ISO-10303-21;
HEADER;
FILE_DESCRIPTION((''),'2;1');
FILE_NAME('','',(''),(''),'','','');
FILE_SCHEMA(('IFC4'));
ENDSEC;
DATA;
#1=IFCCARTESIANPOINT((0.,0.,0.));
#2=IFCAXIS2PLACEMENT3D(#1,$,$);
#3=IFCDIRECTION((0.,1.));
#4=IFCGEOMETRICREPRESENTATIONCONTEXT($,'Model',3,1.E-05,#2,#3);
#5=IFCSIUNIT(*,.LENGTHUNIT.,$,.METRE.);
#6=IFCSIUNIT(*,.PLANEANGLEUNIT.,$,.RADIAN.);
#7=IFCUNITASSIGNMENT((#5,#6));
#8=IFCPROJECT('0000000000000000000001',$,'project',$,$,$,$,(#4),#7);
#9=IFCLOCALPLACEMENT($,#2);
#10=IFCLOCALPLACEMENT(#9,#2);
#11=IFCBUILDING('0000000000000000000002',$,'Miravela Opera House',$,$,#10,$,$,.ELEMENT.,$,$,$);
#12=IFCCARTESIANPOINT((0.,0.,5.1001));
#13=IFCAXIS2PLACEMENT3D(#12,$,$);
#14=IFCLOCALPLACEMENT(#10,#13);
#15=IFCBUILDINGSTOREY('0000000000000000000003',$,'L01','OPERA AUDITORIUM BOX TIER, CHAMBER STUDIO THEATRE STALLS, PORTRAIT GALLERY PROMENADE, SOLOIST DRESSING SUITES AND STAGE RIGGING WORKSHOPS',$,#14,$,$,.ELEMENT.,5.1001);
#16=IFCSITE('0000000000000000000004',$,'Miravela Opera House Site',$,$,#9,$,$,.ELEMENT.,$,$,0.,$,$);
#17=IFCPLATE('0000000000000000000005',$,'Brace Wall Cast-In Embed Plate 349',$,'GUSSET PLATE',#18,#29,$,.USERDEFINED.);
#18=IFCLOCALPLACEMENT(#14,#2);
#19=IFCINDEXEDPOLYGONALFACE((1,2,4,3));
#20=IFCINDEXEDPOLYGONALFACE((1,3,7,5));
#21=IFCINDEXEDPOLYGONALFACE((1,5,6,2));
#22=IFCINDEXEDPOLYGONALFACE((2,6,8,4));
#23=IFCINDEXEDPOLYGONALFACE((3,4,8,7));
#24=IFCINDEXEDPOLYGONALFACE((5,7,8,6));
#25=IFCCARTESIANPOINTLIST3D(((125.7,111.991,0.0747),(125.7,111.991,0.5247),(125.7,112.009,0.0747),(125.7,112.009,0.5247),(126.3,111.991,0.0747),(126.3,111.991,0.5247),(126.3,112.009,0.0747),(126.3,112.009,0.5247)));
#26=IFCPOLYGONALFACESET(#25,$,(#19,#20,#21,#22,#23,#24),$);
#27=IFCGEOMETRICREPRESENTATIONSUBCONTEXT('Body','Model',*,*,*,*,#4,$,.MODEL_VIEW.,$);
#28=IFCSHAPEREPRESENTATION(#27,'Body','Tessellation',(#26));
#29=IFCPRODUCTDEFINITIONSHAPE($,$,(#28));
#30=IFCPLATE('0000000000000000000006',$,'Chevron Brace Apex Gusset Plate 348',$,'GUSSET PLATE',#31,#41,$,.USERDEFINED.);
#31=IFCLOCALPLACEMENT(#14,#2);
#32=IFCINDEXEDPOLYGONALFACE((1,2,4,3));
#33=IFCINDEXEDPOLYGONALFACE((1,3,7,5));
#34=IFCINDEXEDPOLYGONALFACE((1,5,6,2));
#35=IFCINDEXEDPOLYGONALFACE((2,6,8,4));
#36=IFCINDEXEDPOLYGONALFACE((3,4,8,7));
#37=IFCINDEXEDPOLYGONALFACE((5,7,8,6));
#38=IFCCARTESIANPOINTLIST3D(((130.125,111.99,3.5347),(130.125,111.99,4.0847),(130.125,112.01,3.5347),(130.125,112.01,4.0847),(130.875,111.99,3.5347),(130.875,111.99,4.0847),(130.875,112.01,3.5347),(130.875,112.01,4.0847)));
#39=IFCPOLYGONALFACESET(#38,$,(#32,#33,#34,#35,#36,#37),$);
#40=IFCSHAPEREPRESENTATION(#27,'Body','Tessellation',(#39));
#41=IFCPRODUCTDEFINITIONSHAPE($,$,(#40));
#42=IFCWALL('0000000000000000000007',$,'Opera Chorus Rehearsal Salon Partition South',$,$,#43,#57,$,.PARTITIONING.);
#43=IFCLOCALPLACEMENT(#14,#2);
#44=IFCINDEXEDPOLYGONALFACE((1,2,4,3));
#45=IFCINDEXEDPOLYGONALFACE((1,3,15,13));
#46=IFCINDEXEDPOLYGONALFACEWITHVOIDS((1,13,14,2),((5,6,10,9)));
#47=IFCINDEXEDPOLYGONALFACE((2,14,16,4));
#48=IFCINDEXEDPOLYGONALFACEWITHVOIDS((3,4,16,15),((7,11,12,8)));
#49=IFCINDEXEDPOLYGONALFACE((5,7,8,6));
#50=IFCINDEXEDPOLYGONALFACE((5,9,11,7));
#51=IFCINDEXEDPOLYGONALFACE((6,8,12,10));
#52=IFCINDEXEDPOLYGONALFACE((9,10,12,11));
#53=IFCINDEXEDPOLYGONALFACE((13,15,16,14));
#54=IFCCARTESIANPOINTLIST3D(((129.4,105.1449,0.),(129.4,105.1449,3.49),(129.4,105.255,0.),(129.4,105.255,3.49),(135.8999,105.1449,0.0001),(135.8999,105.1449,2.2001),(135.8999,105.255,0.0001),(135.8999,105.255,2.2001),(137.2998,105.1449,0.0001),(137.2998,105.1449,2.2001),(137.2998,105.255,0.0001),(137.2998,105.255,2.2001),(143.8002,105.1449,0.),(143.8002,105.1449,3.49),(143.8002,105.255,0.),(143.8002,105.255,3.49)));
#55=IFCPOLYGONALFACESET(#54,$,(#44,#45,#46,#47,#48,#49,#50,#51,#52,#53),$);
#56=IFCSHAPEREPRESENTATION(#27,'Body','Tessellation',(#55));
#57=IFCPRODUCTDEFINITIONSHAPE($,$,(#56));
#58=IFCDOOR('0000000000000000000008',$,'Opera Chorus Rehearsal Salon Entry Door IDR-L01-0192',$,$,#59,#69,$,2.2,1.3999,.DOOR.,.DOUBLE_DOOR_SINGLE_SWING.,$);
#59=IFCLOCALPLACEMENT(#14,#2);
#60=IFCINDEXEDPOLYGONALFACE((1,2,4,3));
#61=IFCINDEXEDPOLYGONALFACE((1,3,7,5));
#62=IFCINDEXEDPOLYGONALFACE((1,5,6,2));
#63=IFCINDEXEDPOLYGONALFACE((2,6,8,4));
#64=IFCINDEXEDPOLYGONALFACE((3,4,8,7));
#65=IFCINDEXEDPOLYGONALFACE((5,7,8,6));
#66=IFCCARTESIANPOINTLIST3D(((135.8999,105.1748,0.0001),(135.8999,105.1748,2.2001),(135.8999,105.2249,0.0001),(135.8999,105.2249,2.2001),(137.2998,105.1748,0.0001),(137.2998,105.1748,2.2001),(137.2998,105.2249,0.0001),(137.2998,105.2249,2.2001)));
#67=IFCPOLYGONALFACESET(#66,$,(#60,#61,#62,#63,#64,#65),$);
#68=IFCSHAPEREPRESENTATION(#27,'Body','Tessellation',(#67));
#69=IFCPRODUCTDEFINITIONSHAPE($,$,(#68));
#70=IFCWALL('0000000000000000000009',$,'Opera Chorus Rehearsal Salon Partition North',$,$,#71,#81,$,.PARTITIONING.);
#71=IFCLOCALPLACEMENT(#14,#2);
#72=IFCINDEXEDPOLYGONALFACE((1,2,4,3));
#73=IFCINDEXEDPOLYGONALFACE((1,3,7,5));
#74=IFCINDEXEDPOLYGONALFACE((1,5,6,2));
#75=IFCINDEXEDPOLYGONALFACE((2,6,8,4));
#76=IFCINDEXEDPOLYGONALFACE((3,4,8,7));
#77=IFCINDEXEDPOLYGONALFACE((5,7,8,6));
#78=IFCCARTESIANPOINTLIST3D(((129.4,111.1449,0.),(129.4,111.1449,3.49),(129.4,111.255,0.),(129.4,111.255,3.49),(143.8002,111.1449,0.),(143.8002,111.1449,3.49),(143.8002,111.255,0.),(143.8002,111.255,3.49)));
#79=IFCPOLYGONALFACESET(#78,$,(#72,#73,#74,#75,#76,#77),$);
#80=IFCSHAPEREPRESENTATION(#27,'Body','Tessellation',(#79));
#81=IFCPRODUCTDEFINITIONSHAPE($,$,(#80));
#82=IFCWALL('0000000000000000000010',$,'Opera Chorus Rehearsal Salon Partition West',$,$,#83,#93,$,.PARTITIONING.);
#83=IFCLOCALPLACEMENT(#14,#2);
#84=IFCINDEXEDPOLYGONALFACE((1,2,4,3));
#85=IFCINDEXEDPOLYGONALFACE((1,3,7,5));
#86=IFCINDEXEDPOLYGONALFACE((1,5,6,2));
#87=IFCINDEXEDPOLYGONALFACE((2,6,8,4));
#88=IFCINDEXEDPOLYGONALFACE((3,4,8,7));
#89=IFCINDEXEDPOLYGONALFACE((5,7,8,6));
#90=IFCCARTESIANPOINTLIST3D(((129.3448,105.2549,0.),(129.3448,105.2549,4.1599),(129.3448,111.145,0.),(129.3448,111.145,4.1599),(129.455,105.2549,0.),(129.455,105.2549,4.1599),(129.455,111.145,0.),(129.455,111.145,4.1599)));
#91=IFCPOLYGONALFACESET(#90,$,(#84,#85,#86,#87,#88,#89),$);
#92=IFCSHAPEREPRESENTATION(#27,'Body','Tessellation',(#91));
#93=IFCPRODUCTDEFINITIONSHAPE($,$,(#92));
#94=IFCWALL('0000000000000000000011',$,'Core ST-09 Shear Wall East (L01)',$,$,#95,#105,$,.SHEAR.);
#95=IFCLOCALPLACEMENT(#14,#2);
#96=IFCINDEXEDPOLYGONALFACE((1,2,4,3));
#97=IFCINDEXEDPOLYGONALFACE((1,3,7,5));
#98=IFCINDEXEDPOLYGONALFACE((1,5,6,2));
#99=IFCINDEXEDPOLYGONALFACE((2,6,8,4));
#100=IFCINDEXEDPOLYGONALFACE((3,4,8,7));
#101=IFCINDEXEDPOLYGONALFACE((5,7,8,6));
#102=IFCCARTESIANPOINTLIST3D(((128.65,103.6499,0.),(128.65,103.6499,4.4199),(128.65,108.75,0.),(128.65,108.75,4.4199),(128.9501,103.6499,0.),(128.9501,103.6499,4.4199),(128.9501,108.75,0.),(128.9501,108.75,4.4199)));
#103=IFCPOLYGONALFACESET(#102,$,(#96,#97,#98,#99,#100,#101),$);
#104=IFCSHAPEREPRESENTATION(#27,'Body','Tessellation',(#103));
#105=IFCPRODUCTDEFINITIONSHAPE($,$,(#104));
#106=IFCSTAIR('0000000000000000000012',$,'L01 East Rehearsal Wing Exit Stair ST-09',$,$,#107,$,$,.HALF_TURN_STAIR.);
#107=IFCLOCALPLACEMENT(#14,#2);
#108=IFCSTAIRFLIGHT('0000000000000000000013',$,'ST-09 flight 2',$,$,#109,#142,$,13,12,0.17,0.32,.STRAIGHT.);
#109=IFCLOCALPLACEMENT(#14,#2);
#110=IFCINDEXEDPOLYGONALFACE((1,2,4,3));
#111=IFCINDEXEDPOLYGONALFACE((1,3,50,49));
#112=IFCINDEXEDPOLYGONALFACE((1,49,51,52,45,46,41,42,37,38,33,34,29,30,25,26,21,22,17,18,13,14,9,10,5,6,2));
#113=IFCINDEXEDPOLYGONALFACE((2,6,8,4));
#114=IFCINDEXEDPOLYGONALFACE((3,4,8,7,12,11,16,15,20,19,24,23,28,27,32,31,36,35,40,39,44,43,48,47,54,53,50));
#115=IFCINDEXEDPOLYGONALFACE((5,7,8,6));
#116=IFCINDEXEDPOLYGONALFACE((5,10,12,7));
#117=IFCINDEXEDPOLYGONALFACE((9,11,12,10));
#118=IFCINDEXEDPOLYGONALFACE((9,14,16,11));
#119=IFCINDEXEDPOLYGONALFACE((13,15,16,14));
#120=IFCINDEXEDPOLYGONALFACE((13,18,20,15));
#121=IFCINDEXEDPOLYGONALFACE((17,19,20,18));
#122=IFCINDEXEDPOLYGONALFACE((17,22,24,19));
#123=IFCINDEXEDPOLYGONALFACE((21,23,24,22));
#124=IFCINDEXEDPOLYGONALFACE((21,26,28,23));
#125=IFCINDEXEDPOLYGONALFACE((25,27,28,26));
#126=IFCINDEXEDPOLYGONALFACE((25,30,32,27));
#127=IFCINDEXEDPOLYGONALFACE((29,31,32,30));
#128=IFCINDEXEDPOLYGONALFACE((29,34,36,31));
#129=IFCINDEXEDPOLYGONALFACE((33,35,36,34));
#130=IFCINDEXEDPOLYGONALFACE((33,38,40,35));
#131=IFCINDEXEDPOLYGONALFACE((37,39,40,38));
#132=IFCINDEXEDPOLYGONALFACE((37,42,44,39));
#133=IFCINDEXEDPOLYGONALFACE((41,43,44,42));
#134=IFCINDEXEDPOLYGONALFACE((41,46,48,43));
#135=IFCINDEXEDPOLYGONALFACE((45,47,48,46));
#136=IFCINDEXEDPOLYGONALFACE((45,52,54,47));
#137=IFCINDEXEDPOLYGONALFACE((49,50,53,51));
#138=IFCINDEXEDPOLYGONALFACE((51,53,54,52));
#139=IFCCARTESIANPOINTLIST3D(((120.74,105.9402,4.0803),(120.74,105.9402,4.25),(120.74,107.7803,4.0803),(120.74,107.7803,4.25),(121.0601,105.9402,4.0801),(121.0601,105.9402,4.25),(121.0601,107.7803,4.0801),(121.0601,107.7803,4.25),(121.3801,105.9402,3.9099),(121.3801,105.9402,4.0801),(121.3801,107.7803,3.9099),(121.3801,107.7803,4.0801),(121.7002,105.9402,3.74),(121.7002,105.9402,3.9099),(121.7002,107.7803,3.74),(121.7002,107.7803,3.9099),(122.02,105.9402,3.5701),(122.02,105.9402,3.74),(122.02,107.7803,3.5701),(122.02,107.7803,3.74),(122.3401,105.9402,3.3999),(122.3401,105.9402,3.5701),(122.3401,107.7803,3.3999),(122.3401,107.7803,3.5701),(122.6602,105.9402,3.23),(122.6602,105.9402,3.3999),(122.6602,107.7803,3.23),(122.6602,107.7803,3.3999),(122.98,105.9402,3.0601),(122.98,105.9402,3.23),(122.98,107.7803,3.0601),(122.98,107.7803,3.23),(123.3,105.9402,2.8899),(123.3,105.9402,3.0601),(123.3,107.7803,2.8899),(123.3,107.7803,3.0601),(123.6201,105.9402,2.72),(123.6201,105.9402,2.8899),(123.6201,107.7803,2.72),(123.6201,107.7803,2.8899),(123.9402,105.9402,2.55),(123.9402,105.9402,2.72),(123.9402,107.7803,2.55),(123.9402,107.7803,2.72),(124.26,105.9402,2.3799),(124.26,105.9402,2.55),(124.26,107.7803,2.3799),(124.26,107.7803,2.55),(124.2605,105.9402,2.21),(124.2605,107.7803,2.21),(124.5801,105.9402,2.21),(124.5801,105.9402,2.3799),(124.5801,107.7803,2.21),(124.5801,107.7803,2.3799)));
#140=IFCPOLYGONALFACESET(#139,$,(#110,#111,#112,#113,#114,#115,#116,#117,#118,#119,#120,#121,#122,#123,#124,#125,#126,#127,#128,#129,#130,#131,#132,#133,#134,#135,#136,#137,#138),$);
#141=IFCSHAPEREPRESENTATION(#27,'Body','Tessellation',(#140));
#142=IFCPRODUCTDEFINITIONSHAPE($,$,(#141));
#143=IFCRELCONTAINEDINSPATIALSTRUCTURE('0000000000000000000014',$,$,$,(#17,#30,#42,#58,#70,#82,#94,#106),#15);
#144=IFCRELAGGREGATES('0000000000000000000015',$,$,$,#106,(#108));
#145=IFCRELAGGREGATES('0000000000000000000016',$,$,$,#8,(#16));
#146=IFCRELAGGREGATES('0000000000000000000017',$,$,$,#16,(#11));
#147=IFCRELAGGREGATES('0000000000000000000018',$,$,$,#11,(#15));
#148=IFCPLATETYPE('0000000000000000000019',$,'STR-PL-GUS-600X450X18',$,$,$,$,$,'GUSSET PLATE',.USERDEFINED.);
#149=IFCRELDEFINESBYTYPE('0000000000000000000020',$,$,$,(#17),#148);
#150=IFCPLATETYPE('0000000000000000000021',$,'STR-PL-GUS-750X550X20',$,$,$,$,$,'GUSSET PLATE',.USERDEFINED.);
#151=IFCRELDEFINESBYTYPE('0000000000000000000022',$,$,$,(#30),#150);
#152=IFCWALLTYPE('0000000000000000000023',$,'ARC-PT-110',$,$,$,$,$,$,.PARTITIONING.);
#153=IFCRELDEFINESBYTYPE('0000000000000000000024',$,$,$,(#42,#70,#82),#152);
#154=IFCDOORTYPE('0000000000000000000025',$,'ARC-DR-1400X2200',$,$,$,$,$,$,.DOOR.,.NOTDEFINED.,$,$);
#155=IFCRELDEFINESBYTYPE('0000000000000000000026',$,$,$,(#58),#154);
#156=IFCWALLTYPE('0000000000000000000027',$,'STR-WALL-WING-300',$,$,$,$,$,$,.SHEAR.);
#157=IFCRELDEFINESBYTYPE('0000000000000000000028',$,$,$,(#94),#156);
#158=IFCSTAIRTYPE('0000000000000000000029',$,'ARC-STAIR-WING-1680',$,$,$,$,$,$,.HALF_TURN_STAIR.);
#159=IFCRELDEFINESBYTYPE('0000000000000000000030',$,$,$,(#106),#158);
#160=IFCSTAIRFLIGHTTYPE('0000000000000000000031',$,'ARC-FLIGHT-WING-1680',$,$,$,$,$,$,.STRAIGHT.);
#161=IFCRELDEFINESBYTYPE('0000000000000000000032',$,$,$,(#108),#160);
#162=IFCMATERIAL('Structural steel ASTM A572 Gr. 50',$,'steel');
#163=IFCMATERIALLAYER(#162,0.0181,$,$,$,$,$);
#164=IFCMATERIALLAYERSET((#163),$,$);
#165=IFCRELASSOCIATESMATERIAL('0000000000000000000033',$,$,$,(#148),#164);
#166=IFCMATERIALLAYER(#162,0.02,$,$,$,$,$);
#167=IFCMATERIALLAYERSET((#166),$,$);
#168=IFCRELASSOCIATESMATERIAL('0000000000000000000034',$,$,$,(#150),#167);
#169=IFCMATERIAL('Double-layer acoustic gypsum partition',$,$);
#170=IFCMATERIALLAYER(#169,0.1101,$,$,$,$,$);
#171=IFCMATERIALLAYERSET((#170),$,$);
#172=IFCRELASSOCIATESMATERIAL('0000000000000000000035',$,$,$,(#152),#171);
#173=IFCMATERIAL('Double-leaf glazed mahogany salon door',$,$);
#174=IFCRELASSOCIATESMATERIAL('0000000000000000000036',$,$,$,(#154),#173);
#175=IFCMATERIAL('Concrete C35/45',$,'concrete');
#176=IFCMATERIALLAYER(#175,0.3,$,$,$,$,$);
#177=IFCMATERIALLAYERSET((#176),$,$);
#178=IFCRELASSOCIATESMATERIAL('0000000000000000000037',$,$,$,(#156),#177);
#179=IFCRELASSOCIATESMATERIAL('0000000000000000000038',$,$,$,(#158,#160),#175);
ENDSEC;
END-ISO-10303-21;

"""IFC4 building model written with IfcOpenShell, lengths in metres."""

from ifc_helpers import new_model, si_unit, direction, frame, frame_2d, origin, origin_2d, place, context, subcontext, project, spatial, polyline, rectangle, outline, extrude, material, layer, layer_set, type_object, element, fill, aggregate, save


model = new_model("IFC4")

# Units and contexts
model_context = context("Model", 3, precision=1e-05, world=origin(), true_north=direction((0.0, 1.0)))
body_context = subcontext(model_context, "Body", "Model", "MODEL_VIEW")
ifc_project = project(units=[si_unit("LENGTHUNIT", "METRE"), si_unit("PLANEANGLEUNIT", "RADIAN")], contexts=[model_context])

# Site, building, storey
site_placement = place(None, origin())
site = spatial("IfcSite", under=ifc_project, at=site_placement, Name="Miravela Opera House Site", CompositionType="ELEMENT", RefElevation=0.0)
building_placement = place(site_placement, origin())
building = spatial("IfcBuilding", under=site, at=building_placement, Name="Miravela Opera House", CompositionType="ELEMENT")
storey_placement = place(building_placement, frame((0.0, 0.0, 5.1001)))
storey = spatial("IfcBuildingStorey", under=building, at=storey_placement, Name="L01", Description="OPERA AUDITORIUM BOX TIER, CHAMBER STUDIO THEATRE STALLS, PORTRAIT GALLERY PROMENADE, SOLOIST DRESSING SUITES AND STAGE RIGGING WORKSHOPS", CompositionType="ELEMENT", Elevation=5.1001)

# Shared definitions
ifc_material_1 = material(Name="Concrete C35/45", Category="concrete")

# Plates
ifc_material_2 = material(Name="Structural steel ASTM A572 Gr. 50", Category="steel")
ifc_layer_1 = layer(ifc_material_2, 0.0181)
ifc_layer_set_1 = layer_set([ifc_layer_1])
plate_type_1 = type_object("IfcPlateType", Name="STR-PL-GUS-600X450X18", ElementType="GUSSET PLATE", PredefinedType="USERDEFINED", material=ifc_layer_set_1)
plate_1_placement = place(storey_placement, frame((126.0, 112.0, 0.0747), z_axis=(0.0, 0.0, 1.0), x_axis=(1.0, 0.0, 0.0)))
element("IfcPlate", 1, at=plate_1_placement, inside=storey, type_object=plate_type_1, Name="Brace Wall Cast-In Embed Plate 349", ObjectType="GUSSET PLATE", PredefinedType="USERDEFINED", context=body_context, shape_type="SweptSolid", body=[
    extrude(rectangle(XDim=0.6001, YDim=0.0181, at=origin_2d()), origin(), (0.0, 0.0, 1.0), 0.45),
])
ifc_layer_2 = layer(ifc_material_2, 0.02)
ifc_layer_set_2 = layer_set([ifc_layer_2])
plate_type_2 = type_object("IfcPlateType", Name="STR-PL-GUS-750X550X20", ElementType="GUSSET PLATE", PredefinedType="USERDEFINED", material=ifc_layer_set_2)
plate_2_placement = place(storey_placement, frame((130.5, 112.0, 3.5347), z_axis=(0.0, 0.0, 1.0), x_axis=(1.0, 0.0, 0.0)))
element("IfcPlate", 2, at=plate_2_placement, inside=storey, type_object=plate_type_2, Name="Chevron Brace Apex Gusset Plate 348", ObjectType="GUSSET PLATE", PredefinedType="USERDEFINED", context=body_context, shape_type="SweptSolid", body=[
    extrude(rectangle(XDim=0.75, YDim=0.02, at=origin_2d()), origin(), (0.0, 0.0, 1.0), 0.55),
])

# Wall, opening, door
ifc_material_3 = material(Name="Double-layer acoustic gypsum partition")
ifc_layer_3 = layer(ifc_material_3, 0.1101)
ifc_layer_set_3 = layer_set([ifc_layer_3])
wall_type_1 = type_object("IfcWallType", Name="ARC-PT-110", PredefinedType="PARTITIONING", material=ifc_layer_set_3)
wall_1_placement = place(storey_placement, frame((129.3999, 105.2, 0.0), z_axis=(0.0, 0.0, 1.0), x_axis=(1.0, 0.0, 0.0)))
wall_1 = element("IfcWall", 3, at=wall_1_placement, inside=storey, type_object=wall_type_1, Name="Opera Chorus Rehearsal Salon Partition South", PredefinedType="PARTITIONING", context=body_context, shape_type="SweptSolid", body=[
    extrude(rectangle(XDim=14.4001, YDim=0.1101, at=frame_2d((7.2002, 0.0))), origin(), (0.0, 0.0, 1.0), 3.49),
])
opening_placement = place(wall_1_placement, frame((6.5, 0.0, 0.0)))
opening = element("IfcOpeningElement", 4, at=opening_placement, cuts=wall_1, PredefinedType="OPENING", context=body_context, shape_type="SweptSolid", body=[
    extrude(rectangle(XDim=1.3999, YDim=2.2, at=frame_2d((0.7, 1.1001))), frame((0.0, 0.0649, 0.0), z_axis=(0.0, -1.0, 0.0), x_axis=(1.0, 0.0, 0.0)), (0.0, 0.0, 1.0), 0.1301),
])
ifc_material_4 = material(Name="Double-leaf glazed mahogany salon door")
door_type = type_object("IfcDoorType", Name="ARC-DR-1400X2200", OperationType="NOTDEFINED", PredefinedType="DOOR", material=ifc_material_4)
door_placement = place(opening_placement, origin())
door = element("IfcDoor", 5, at=door_placement, inside=storey, type_object=door_type, Name="Opera Chorus Rehearsal Salon Entry Door IDR-L01-0192", OperationType="DOUBLE_DOOR_SINGLE_SWING", OverallHeight=2.2, OverallWidth=1.3999, PredefinedType="DOOR", context=body_context, shape_type="SweptSolid", body=[
    extrude(rectangle(XDim=1.3999, YDim=2.2, at=frame_2d((0.7, 1.1001))), frame((0.0, 0.0249, 0.0), z_axis=(0.0, -1.0, 0.0), x_axis=(1.0, 0.0, 0.0)), (0.0, 0.0, 1.0), 0.05),
])
fill(opening, door)

# Walls
wall_2_placement = place(storey_placement, frame((129.3999, 111.2, 0.0), z_axis=(0.0, 0.0, 1.0), x_axis=(1.0, 0.0, 0.0)))
element("IfcWall", 6, at=wall_2_placement, inside=storey, type_object=wall_type_1, Name="Opera Chorus Rehearsal Salon Partition North", PredefinedType="PARTITIONING", context=body_context, shape_type="SweptSolid", body=[
    extrude(rectangle(XDim=14.4001, YDim=0.1101, at=frame_2d((7.2002, 0.0))), origin(), (0.0, 0.0, 1.0), 3.49),
])
wall_3_placement = place(storey_placement, frame((129.3999, 105.2549, 0.0), z_axis=(0.0, 0.0, 1.0), x_axis=(0.0, 1.0, 0.0)))
element("IfcWall", 7, at=wall_3_placement, inside=storey, type_object=wall_type_1, Name="Opera Chorus Rehearsal Salon Partition West", PredefinedType="PARTITIONING", context=body_context, shape_type="SweptSolid", body=[
    extrude(rectangle(XDim=5.8901, YDim=0.1101, at=frame_2d((2.9451, 0.0))), origin(), (0.0, 0.0, 1.0), 4.1599),
])
ifc_layer_4 = layer(ifc_material_1, 0.3)
ifc_layer_set_4 = layer_set([ifc_layer_4])
wall_type_2 = type_object("IfcWallType", Name="STR-WALL-WING-300", PredefinedType="SHEAR", material=ifc_layer_set_4)
wall_4_placement = place(storey_placement, frame((128.8, 103.6499, 0.0), z_axis=(0.0, 0.0, 1.0), x_axis=(0.0, 1.0, 0.0)))
element("IfcWall", 8, at=wall_4_placement, inside=storey, type_object=wall_type_2, Name="Core ST-09 Shear Wall East (L01)", PredefinedType="SHEAR", context=body_context, shape_type="SweptSolid", body=[
    extrude(rectangle(XDim=5.1001, YDim=0.3, at=frame_2d((2.55, 0.0))), origin(), (0.0, 0.0, 1.0), 4.4199),
])

# Stair, stair flight
stair_type = type_object("IfcStairType", Name="ARC-STAIR-WING-1680", PredefinedType="HALF_TURN_STAIR", material=ifc_material_1)
stair_placement = place(storey_placement, origin())
stair = element("IfcStair", 9, at=stair_placement, inside=storey, type_object=stair_type, Name="L01 East Rehearsal Wing Exit Stair ST-09", PredefinedType="HALF_TURN_STAIR")
stair_flight_type = type_object("IfcStairFlightType", Name="ARC-FLIGHT-WING-1680", PredefinedType="STRAIGHT", material=ifc_material_1)
stair_flight_placement = place(storey_placement, frame((124.5801, 106.8601, 2.21), z_axis=(0.0, 0.0, 1.0), x_axis=(-1.0, 0.0, 0.0)))
stair_flight = element("IfcStairFlight", 10, at=stair_flight_placement, type_object=stair_flight_type, Name="ST-09 flight 2", NumberOfRisers=13, NumberOfTreads=12, PredefinedType="STRAIGHT", RiserHeight=0.17, TreadLength=0.32, context=body_context, shape_type="SweptSolid", body=[
    extrude(outline(polyline([(0.0, 0.0), (0.0, 0.1699), (0.3201, 0.1699), (0.3201, 0.3401), (0.6399, 0.3401), (0.6399, 0.51), (0.96, 0.51), (0.96, 0.6799), (1.28, 0.6799), (1.28, 0.8501), (1.6001, 0.8501), (1.6001, 1.02), (1.9199, 1.02), (1.9199, 1.1899), (2.24, 1.1899), (2.24, 1.3601), (2.5601, 1.3601), (2.5601, 1.53), (2.8799, 1.53), (2.8799, 1.7), (3.2, 1.7), (3.2, 1.8701), (3.52, 1.8701), (3.52, 2.04), (3.8401, 2.04), (3.8401, 2.21), (3.8401, 1.8704), (0.3196, 0.0), (0.0, 0.0)])), frame((0.0, 0.9199, 0.0), z_axis=(0.0, -1.0, 0.0), x_axis=(1.0, 0.0, 0.0)), (0.0, 0.0, 1.0), 1.8401),
])
aggregate(stair, [stair_flight])

save(model, "model.ifc")
